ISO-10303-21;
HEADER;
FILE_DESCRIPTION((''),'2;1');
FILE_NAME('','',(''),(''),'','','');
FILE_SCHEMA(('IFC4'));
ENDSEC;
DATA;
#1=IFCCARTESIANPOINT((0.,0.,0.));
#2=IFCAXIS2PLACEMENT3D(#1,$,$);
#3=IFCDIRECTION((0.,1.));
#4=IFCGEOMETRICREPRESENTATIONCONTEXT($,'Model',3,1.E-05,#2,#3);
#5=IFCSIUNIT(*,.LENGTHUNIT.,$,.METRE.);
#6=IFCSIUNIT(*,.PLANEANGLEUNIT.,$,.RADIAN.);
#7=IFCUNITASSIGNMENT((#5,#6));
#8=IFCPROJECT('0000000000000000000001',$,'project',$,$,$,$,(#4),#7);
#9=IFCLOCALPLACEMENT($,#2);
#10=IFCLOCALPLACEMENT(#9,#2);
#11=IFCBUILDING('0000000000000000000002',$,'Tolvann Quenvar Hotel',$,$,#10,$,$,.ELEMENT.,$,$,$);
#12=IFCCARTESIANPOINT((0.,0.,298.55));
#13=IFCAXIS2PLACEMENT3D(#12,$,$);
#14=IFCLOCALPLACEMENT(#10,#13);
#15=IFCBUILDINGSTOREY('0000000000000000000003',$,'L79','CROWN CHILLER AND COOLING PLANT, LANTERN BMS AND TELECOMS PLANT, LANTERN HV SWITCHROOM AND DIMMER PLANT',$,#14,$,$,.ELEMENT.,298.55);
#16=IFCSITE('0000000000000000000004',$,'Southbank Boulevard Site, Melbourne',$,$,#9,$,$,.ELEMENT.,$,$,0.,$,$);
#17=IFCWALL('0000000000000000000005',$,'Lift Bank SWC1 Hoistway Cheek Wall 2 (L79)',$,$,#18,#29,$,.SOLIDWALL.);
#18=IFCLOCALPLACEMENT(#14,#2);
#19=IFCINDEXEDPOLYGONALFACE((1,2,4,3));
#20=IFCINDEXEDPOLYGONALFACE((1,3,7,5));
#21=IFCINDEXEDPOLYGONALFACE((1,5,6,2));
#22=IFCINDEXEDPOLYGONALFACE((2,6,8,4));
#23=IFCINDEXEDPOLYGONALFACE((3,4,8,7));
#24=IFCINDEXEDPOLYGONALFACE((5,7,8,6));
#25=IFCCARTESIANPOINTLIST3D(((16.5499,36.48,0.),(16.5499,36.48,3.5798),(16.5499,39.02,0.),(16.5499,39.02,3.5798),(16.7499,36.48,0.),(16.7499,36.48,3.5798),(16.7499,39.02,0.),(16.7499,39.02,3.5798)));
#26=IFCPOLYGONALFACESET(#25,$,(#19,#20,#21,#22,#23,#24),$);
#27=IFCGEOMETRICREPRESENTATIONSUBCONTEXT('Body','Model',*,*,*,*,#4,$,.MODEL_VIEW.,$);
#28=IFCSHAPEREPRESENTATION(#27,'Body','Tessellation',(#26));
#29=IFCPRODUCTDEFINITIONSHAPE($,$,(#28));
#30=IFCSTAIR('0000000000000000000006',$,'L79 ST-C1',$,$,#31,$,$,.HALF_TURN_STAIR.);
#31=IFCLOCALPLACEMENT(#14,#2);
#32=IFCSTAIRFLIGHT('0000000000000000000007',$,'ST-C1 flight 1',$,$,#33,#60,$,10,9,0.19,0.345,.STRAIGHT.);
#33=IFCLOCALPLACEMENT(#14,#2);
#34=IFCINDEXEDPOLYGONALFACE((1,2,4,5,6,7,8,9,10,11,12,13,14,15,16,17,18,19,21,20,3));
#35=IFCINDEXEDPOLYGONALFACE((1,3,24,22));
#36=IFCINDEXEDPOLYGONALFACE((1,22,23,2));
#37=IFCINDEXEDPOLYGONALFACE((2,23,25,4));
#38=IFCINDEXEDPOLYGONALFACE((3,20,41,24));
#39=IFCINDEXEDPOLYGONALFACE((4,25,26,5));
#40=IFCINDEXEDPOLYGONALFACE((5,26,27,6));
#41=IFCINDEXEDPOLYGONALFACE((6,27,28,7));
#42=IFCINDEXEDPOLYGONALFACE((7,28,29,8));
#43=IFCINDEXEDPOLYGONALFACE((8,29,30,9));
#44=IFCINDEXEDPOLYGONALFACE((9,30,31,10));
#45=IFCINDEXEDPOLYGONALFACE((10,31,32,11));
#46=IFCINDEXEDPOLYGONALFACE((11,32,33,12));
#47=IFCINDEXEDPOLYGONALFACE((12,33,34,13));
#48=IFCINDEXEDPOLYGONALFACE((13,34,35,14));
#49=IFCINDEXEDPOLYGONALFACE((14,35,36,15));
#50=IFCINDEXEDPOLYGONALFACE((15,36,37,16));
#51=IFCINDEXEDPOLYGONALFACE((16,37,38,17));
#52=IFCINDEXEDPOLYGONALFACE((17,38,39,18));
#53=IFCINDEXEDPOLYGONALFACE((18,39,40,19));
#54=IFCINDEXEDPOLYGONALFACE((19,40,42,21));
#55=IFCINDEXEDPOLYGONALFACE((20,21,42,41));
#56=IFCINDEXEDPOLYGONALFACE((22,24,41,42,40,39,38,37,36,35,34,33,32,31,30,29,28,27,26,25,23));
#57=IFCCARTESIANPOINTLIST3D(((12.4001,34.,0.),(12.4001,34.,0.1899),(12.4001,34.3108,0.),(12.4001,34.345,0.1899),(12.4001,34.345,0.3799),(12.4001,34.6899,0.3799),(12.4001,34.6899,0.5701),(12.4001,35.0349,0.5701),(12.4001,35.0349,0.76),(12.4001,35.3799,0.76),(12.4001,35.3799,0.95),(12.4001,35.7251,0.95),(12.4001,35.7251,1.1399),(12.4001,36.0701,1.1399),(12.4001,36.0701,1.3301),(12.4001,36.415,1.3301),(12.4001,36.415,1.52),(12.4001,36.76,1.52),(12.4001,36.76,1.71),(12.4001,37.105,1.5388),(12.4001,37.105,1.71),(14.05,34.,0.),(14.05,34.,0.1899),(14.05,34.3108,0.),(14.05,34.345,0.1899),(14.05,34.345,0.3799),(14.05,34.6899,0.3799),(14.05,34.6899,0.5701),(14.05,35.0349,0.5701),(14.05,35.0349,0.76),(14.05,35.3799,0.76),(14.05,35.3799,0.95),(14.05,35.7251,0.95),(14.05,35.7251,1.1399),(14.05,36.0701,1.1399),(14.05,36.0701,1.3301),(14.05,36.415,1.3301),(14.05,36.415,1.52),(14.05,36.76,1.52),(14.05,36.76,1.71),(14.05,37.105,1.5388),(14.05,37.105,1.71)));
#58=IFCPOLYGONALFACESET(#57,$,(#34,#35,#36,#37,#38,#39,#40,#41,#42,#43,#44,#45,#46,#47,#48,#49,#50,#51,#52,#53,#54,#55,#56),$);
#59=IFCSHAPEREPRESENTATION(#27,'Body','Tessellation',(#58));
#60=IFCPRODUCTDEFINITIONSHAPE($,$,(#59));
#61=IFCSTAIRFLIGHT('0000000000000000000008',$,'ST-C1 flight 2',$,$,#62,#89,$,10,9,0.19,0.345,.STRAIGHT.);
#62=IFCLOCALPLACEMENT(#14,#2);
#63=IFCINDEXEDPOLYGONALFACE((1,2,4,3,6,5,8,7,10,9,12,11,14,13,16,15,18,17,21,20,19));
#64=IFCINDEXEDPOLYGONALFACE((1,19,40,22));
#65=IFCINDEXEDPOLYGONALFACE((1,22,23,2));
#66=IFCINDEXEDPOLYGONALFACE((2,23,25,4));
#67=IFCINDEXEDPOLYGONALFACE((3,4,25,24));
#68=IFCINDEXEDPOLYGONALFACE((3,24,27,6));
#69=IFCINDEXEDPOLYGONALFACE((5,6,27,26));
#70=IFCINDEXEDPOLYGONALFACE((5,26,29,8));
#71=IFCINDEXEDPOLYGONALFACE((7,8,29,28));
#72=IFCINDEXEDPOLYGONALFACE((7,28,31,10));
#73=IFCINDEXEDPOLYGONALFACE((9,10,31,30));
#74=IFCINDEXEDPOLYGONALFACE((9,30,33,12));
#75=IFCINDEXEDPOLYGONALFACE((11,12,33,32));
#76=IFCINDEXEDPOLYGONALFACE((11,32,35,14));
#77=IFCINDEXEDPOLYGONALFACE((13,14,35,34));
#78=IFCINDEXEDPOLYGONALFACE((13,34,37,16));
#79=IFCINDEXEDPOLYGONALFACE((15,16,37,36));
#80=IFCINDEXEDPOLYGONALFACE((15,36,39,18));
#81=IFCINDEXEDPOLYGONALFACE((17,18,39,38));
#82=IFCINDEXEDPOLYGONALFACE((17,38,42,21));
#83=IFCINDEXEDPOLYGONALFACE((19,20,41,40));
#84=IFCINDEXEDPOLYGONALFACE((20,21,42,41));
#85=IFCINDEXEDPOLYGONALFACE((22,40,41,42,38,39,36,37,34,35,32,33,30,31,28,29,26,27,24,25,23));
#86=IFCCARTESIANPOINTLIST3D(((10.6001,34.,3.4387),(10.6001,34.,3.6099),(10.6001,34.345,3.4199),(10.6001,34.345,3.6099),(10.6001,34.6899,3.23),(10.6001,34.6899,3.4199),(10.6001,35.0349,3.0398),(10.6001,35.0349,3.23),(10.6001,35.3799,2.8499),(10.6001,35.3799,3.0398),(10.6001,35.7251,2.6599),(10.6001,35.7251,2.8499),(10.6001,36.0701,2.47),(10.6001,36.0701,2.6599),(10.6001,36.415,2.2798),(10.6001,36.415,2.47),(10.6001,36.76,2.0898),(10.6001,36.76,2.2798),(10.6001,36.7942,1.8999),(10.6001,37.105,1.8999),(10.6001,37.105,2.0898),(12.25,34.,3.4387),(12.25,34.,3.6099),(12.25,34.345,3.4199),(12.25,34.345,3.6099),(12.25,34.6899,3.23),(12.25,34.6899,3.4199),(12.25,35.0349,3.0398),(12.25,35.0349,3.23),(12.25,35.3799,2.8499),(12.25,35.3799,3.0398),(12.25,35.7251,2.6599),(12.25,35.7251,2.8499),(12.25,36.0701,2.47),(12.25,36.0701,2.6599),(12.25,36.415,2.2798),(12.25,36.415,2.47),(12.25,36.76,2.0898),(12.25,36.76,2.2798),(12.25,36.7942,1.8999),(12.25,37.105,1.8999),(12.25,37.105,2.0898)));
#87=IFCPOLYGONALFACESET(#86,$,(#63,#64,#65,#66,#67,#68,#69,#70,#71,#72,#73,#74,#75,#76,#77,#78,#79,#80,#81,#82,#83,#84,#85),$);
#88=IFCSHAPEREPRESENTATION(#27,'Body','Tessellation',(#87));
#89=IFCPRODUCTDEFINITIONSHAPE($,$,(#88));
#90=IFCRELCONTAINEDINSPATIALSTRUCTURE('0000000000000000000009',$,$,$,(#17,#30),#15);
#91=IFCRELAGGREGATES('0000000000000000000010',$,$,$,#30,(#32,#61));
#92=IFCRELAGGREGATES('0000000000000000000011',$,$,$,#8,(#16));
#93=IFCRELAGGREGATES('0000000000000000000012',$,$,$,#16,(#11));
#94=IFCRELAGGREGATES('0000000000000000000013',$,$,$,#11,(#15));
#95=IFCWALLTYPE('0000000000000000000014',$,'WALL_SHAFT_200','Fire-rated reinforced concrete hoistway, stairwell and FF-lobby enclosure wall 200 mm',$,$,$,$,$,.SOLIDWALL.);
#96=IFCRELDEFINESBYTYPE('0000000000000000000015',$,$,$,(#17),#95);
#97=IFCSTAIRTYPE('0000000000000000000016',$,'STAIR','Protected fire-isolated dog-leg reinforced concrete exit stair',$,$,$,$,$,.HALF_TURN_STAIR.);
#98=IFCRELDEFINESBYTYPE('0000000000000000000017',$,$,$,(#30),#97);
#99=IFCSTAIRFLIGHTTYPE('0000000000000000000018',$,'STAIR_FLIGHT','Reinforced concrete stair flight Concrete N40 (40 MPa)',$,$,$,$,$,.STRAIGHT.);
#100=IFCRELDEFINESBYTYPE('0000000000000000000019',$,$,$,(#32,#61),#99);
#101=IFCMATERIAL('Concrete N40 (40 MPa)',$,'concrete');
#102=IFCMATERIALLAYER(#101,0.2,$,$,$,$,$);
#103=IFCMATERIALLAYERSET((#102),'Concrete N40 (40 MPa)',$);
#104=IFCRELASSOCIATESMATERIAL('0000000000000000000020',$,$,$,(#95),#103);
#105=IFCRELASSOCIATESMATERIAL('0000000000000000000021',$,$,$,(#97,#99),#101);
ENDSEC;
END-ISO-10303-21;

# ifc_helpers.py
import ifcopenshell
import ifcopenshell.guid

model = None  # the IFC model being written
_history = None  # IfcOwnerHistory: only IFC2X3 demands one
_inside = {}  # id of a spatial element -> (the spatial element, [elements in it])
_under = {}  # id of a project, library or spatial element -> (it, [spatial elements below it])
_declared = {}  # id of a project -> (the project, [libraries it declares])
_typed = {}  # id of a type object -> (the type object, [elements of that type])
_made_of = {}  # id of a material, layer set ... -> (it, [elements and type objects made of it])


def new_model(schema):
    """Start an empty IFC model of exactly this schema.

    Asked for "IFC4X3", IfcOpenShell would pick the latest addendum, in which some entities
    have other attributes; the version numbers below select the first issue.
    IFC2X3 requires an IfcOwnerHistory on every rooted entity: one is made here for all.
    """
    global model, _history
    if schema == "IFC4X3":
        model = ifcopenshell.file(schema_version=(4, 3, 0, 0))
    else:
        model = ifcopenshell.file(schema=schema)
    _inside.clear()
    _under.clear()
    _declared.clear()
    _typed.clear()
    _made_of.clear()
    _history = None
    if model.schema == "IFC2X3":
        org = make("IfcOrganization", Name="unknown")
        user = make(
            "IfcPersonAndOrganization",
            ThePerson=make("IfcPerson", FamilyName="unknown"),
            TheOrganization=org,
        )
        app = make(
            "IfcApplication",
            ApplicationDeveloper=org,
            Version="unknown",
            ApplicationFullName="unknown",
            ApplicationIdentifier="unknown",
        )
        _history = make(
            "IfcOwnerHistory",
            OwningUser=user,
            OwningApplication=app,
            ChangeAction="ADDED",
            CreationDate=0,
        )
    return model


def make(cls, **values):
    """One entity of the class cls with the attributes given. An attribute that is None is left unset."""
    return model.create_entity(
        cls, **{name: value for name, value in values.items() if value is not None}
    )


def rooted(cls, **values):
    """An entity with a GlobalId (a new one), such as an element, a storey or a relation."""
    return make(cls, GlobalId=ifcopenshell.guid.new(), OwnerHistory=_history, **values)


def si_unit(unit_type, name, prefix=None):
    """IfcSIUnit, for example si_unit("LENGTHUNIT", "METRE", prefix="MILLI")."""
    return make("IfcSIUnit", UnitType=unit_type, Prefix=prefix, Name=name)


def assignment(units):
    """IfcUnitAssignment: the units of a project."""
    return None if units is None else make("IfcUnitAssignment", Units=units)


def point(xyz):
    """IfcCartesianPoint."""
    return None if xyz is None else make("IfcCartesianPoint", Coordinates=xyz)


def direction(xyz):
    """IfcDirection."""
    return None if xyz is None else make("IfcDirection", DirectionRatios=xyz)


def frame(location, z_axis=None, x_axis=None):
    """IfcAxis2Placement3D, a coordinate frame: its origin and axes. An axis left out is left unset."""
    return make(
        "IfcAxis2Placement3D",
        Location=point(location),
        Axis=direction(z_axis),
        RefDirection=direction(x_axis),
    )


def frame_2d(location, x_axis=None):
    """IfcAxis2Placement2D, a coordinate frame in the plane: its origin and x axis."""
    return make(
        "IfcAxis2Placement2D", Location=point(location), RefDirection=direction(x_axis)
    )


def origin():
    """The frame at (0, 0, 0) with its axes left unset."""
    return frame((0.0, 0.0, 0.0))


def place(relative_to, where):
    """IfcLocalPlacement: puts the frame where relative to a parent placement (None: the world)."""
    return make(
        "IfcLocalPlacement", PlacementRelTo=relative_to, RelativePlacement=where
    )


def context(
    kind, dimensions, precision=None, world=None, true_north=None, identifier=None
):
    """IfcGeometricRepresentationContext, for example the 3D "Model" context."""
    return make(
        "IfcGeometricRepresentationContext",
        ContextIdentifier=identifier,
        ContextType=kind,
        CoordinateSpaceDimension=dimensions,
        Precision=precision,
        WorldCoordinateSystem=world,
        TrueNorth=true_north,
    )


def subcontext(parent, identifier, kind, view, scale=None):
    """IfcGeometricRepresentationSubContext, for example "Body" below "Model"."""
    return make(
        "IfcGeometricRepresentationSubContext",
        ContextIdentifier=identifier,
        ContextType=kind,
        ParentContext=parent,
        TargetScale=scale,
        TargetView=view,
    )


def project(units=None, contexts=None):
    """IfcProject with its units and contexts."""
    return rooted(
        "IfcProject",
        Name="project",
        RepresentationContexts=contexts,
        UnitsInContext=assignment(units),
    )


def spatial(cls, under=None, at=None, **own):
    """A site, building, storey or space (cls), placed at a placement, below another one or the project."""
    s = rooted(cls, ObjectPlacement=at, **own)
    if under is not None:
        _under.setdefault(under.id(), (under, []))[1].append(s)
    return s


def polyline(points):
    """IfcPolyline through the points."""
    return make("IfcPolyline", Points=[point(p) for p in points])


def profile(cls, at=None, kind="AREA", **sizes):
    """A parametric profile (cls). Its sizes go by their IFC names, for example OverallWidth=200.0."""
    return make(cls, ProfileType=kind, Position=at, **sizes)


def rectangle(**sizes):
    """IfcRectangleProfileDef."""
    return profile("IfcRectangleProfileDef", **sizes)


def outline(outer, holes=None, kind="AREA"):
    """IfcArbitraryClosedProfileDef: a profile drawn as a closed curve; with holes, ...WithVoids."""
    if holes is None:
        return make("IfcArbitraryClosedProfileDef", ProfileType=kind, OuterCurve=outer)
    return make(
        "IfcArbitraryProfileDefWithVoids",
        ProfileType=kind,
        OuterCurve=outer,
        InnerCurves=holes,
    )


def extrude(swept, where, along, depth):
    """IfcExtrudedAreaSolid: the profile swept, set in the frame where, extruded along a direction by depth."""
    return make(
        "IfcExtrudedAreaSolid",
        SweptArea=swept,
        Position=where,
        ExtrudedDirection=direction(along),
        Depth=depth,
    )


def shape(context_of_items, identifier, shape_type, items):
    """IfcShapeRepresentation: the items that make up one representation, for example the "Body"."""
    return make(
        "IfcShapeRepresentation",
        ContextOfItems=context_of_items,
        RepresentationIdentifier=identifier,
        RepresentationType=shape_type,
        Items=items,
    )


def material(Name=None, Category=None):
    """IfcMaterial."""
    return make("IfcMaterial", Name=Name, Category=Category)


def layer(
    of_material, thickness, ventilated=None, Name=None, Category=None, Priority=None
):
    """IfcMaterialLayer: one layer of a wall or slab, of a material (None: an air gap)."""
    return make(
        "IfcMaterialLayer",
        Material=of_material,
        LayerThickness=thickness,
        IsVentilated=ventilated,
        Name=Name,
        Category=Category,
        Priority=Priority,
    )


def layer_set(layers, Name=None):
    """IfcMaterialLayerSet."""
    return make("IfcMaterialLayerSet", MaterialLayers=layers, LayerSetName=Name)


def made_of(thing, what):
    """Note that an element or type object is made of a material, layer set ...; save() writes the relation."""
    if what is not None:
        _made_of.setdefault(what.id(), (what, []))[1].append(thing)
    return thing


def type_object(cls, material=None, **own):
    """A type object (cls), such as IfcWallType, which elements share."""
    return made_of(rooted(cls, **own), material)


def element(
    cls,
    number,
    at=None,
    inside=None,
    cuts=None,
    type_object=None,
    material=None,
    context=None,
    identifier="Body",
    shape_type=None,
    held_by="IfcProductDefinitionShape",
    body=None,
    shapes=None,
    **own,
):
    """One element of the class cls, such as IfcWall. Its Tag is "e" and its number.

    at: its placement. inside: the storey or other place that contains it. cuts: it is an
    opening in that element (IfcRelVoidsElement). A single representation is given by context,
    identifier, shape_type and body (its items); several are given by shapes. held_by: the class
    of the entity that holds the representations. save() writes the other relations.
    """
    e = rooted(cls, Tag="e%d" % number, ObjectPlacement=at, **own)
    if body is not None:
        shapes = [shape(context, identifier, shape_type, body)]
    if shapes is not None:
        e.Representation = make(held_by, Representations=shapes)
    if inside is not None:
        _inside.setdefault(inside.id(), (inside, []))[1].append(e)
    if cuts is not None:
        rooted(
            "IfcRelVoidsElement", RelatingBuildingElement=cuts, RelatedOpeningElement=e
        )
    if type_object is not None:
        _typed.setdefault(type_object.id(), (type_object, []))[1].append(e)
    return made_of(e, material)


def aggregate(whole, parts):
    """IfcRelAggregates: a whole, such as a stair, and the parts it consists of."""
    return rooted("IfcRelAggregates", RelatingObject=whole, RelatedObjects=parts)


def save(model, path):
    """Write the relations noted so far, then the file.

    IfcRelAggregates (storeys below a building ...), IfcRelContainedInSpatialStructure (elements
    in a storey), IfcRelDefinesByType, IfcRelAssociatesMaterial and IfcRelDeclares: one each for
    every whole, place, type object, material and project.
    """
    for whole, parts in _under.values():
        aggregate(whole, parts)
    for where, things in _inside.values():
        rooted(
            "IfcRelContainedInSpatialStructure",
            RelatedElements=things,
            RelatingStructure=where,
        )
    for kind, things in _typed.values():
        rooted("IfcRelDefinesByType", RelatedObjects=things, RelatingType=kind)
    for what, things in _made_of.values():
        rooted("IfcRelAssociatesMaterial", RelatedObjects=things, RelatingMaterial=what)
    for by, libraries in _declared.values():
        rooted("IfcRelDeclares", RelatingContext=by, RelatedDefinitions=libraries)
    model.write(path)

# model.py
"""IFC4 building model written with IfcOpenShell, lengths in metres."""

from ifc_helpers import new_model, si_unit, direction, frame, frame_2d, origin, place, context, subcontext, project, spatial, polyline, rectangle, outline, extrude, material, layer, layer_set, type_object, element, aggregate, save


model = new_model("IFC4")

# Units and contexts
model_context = context("Model", 3, precision=1e-05, world=origin(), true_north=direction((0.0, 1.0)))
body_context = subcontext(model_context, "Body", "Model", "MODEL_VIEW")
ifc_project = project(units=[si_unit("LENGTHUNIT", "METRE"), si_unit("PLANEANGLEUNIT", "RADIAN")], contexts=[model_context])

# Site, building, storey
site_placement = place(None, origin())
site = spatial("IfcSite", under=ifc_project, at=site_placement, Name="Southbank Boulevard Site, Melbourne", CompositionType="ELEMENT", RefElevation=0.0)
building_placement = place(site_placement, origin())
building = spatial("IfcBuilding", under=site, at=building_placement, Name="Tolvann Quenvar Hotel", CompositionType="ELEMENT")
storey_placement = place(building_placement, frame((0.0, 0.0, 298.55)))
storey = spatial("IfcBuildingStorey", under=building, at=storey_placement, Name="L79", Description="CROWN CHILLER AND COOLING PLANT, LANTERN BMS AND TELECOMS PLANT, LANTERN HV SWITCHROOM AND DIMMER PLANT", CompositionType="ELEMENT", Elevation=298.55)

# Shared definitions
ifc_material_1 = material(Name="Concrete N40 (40 MPa)", Category="concrete")
ifc_layer_1 = layer(ifc_material_1, 0.2)
ifc_layer_set_1 = layer_set([ifc_layer_1], Name="Concrete N40 (40 MPa)")
wall_type = type_object("IfcWallType", Name="WALL_SHAFT_200", Description="Fire-rated reinforced concrete hoistway, stairwell and FF-lobby enclosure wall 200 mm", PredefinedType="SOLIDWALL", material=ifc_layer_set_1)

# Wall
wall_1_placement = place(storey_placement, frame((16.6499, 36.48, 0.0), z_axis=(0.0, 0.0, 1.0), x_axis=(0.0, 1.0, 0.0)))
element("IfcWall", 1, at=wall_1_placement, inside=storey, type_object=wall_type, Name="Lift Bank SWC1 Hoistway Cheek Wall 2 (L79)", PredefinedType="SOLIDWALL", context=body_context, shape_type="SweptSolid", body=[
    extrude(rectangle(XDim=2.54, YDim=0.2, at=frame_2d((1.27, 0.0))), origin(), (0.0, 0.0, 1.0), 3.5798),
])

# Stair, stair flights
stair_type = type_object("IfcStairType", Name="STAIR", Description="Protected fire-isolated dog-leg reinforced concrete exit stair", PredefinedType="HALF_TURN_STAIR", material=ifc_material_1)
stair_placement = place(storey_placement, origin())
stair = element("IfcStair", 2, at=stair_placement, inside=storey, type_object=stair_type, Name="L79 ST-C1", PredefinedType="HALF_TURN_STAIR")
stair_flight_type = type_object("IfcStairFlightType", Name="STAIR_FLIGHT", Description="Reinforced concrete stair flight Concrete N40 (40 MPa)", PredefinedType="STRAIGHT", material=ifc_material_1)
stair_flight_1_placement = place(storey_placement, frame((13.2251, 34.0, 0.0), z_axis=(0.0, 0.0, 1.0), x_axis=(0.0, 1.0, 0.0)))
stair_flight_1 = element("IfcStairFlight", 3, at=stair_flight_1_placement, type_object=stair_flight_type, Name="ST-C1 flight 1", NumberOfRisers=10, NumberOfTreads=9, PredefinedType="STRAIGHT", RiserHeight=0.19, TreadLength=0.345, context=body_context, shape_type="SweptSolid", body=[
    extrude(outline(polyline([(0.0, 0.0), (0.0, 0.1899), (0.345, 0.1899), (0.345, 0.3799), (0.6899, 0.3799), (0.6899, 0.5701), (1.0349, 0.5701), (1.0349, 0.76), (1.3799, 0.76), (1.3799, 0.95), (1.7251, 0.95), (1.7251, 1.1399), (2.0701, 1.1399), (2.0701, 1.3301), (2.415, 1.3301), (2.415, 1.52), (2.76, 1.52), (2.76, 1.71), (3.105, 1.71), (3.105, 1.8999), (3.105, 1.5388), (0.3108, 0.0), (0.0, 0.0)])), frame((0.0, 0.825, 0.0), z_axis=(0.0, -1.0, 0.0), x_axis=(1.0, 0.0, 0.0)), (0.0, 0.0, 1.0), 1.6499),
])
stair_flight_2_placement = place(storey_placement, frame((11.425, 37.105, 1.8999), z_axis=(0.0, 0.0, 1.0), x_axis=(0.0, -1.0, 0.0)))
stair_flight_2 = element("IfcStairFlight", 4, at=stair_flight_2_placement, type_object=stair_flight_type, Name="ST-C1 flight 2", NumberOfRisers=10, NumberOfTreads=9, PredefinedType="STRAIGHT", RiserHeight=0.19, TreadLength=0.345, context=body_context, shape_type="SweptSolid", body=[
    extrude(outline(polyline([(0.0, 0.0), (0.0, 0.1899), (0.345, 0.1899), (0.345, 0.3799), (0.6899, 0.3799), (0.6899, 0.5701), (1.0349, 0.5701), (1.0349, 0.76), (1.3799, 0.76), (1.3799, 0.95), (1.7251, 0.95), (1.7251, 1.1399), (2.0701, 1.1399), (2.0701, 1.3301), (2.415, 1.3301), (2.415, 1.52), (2.76, 1.52), (2.76, 1.71), (3.105, 1.71), (3.105, 1.8999), (3.105, 1.5388), (0.3108, 0.0), (0.0, 0.0)])), frame((0.0, 0.825, 0.0), z_axis=(0.0, -1.0, 0.0), x_axis=(1.0, 0.0, 0.0)), (0.0, 0.0, 1.0), 1.6499),
])
aggregate(stair, [stair_flight_1, stair_flight_2])

save(model, "model.ifc")
